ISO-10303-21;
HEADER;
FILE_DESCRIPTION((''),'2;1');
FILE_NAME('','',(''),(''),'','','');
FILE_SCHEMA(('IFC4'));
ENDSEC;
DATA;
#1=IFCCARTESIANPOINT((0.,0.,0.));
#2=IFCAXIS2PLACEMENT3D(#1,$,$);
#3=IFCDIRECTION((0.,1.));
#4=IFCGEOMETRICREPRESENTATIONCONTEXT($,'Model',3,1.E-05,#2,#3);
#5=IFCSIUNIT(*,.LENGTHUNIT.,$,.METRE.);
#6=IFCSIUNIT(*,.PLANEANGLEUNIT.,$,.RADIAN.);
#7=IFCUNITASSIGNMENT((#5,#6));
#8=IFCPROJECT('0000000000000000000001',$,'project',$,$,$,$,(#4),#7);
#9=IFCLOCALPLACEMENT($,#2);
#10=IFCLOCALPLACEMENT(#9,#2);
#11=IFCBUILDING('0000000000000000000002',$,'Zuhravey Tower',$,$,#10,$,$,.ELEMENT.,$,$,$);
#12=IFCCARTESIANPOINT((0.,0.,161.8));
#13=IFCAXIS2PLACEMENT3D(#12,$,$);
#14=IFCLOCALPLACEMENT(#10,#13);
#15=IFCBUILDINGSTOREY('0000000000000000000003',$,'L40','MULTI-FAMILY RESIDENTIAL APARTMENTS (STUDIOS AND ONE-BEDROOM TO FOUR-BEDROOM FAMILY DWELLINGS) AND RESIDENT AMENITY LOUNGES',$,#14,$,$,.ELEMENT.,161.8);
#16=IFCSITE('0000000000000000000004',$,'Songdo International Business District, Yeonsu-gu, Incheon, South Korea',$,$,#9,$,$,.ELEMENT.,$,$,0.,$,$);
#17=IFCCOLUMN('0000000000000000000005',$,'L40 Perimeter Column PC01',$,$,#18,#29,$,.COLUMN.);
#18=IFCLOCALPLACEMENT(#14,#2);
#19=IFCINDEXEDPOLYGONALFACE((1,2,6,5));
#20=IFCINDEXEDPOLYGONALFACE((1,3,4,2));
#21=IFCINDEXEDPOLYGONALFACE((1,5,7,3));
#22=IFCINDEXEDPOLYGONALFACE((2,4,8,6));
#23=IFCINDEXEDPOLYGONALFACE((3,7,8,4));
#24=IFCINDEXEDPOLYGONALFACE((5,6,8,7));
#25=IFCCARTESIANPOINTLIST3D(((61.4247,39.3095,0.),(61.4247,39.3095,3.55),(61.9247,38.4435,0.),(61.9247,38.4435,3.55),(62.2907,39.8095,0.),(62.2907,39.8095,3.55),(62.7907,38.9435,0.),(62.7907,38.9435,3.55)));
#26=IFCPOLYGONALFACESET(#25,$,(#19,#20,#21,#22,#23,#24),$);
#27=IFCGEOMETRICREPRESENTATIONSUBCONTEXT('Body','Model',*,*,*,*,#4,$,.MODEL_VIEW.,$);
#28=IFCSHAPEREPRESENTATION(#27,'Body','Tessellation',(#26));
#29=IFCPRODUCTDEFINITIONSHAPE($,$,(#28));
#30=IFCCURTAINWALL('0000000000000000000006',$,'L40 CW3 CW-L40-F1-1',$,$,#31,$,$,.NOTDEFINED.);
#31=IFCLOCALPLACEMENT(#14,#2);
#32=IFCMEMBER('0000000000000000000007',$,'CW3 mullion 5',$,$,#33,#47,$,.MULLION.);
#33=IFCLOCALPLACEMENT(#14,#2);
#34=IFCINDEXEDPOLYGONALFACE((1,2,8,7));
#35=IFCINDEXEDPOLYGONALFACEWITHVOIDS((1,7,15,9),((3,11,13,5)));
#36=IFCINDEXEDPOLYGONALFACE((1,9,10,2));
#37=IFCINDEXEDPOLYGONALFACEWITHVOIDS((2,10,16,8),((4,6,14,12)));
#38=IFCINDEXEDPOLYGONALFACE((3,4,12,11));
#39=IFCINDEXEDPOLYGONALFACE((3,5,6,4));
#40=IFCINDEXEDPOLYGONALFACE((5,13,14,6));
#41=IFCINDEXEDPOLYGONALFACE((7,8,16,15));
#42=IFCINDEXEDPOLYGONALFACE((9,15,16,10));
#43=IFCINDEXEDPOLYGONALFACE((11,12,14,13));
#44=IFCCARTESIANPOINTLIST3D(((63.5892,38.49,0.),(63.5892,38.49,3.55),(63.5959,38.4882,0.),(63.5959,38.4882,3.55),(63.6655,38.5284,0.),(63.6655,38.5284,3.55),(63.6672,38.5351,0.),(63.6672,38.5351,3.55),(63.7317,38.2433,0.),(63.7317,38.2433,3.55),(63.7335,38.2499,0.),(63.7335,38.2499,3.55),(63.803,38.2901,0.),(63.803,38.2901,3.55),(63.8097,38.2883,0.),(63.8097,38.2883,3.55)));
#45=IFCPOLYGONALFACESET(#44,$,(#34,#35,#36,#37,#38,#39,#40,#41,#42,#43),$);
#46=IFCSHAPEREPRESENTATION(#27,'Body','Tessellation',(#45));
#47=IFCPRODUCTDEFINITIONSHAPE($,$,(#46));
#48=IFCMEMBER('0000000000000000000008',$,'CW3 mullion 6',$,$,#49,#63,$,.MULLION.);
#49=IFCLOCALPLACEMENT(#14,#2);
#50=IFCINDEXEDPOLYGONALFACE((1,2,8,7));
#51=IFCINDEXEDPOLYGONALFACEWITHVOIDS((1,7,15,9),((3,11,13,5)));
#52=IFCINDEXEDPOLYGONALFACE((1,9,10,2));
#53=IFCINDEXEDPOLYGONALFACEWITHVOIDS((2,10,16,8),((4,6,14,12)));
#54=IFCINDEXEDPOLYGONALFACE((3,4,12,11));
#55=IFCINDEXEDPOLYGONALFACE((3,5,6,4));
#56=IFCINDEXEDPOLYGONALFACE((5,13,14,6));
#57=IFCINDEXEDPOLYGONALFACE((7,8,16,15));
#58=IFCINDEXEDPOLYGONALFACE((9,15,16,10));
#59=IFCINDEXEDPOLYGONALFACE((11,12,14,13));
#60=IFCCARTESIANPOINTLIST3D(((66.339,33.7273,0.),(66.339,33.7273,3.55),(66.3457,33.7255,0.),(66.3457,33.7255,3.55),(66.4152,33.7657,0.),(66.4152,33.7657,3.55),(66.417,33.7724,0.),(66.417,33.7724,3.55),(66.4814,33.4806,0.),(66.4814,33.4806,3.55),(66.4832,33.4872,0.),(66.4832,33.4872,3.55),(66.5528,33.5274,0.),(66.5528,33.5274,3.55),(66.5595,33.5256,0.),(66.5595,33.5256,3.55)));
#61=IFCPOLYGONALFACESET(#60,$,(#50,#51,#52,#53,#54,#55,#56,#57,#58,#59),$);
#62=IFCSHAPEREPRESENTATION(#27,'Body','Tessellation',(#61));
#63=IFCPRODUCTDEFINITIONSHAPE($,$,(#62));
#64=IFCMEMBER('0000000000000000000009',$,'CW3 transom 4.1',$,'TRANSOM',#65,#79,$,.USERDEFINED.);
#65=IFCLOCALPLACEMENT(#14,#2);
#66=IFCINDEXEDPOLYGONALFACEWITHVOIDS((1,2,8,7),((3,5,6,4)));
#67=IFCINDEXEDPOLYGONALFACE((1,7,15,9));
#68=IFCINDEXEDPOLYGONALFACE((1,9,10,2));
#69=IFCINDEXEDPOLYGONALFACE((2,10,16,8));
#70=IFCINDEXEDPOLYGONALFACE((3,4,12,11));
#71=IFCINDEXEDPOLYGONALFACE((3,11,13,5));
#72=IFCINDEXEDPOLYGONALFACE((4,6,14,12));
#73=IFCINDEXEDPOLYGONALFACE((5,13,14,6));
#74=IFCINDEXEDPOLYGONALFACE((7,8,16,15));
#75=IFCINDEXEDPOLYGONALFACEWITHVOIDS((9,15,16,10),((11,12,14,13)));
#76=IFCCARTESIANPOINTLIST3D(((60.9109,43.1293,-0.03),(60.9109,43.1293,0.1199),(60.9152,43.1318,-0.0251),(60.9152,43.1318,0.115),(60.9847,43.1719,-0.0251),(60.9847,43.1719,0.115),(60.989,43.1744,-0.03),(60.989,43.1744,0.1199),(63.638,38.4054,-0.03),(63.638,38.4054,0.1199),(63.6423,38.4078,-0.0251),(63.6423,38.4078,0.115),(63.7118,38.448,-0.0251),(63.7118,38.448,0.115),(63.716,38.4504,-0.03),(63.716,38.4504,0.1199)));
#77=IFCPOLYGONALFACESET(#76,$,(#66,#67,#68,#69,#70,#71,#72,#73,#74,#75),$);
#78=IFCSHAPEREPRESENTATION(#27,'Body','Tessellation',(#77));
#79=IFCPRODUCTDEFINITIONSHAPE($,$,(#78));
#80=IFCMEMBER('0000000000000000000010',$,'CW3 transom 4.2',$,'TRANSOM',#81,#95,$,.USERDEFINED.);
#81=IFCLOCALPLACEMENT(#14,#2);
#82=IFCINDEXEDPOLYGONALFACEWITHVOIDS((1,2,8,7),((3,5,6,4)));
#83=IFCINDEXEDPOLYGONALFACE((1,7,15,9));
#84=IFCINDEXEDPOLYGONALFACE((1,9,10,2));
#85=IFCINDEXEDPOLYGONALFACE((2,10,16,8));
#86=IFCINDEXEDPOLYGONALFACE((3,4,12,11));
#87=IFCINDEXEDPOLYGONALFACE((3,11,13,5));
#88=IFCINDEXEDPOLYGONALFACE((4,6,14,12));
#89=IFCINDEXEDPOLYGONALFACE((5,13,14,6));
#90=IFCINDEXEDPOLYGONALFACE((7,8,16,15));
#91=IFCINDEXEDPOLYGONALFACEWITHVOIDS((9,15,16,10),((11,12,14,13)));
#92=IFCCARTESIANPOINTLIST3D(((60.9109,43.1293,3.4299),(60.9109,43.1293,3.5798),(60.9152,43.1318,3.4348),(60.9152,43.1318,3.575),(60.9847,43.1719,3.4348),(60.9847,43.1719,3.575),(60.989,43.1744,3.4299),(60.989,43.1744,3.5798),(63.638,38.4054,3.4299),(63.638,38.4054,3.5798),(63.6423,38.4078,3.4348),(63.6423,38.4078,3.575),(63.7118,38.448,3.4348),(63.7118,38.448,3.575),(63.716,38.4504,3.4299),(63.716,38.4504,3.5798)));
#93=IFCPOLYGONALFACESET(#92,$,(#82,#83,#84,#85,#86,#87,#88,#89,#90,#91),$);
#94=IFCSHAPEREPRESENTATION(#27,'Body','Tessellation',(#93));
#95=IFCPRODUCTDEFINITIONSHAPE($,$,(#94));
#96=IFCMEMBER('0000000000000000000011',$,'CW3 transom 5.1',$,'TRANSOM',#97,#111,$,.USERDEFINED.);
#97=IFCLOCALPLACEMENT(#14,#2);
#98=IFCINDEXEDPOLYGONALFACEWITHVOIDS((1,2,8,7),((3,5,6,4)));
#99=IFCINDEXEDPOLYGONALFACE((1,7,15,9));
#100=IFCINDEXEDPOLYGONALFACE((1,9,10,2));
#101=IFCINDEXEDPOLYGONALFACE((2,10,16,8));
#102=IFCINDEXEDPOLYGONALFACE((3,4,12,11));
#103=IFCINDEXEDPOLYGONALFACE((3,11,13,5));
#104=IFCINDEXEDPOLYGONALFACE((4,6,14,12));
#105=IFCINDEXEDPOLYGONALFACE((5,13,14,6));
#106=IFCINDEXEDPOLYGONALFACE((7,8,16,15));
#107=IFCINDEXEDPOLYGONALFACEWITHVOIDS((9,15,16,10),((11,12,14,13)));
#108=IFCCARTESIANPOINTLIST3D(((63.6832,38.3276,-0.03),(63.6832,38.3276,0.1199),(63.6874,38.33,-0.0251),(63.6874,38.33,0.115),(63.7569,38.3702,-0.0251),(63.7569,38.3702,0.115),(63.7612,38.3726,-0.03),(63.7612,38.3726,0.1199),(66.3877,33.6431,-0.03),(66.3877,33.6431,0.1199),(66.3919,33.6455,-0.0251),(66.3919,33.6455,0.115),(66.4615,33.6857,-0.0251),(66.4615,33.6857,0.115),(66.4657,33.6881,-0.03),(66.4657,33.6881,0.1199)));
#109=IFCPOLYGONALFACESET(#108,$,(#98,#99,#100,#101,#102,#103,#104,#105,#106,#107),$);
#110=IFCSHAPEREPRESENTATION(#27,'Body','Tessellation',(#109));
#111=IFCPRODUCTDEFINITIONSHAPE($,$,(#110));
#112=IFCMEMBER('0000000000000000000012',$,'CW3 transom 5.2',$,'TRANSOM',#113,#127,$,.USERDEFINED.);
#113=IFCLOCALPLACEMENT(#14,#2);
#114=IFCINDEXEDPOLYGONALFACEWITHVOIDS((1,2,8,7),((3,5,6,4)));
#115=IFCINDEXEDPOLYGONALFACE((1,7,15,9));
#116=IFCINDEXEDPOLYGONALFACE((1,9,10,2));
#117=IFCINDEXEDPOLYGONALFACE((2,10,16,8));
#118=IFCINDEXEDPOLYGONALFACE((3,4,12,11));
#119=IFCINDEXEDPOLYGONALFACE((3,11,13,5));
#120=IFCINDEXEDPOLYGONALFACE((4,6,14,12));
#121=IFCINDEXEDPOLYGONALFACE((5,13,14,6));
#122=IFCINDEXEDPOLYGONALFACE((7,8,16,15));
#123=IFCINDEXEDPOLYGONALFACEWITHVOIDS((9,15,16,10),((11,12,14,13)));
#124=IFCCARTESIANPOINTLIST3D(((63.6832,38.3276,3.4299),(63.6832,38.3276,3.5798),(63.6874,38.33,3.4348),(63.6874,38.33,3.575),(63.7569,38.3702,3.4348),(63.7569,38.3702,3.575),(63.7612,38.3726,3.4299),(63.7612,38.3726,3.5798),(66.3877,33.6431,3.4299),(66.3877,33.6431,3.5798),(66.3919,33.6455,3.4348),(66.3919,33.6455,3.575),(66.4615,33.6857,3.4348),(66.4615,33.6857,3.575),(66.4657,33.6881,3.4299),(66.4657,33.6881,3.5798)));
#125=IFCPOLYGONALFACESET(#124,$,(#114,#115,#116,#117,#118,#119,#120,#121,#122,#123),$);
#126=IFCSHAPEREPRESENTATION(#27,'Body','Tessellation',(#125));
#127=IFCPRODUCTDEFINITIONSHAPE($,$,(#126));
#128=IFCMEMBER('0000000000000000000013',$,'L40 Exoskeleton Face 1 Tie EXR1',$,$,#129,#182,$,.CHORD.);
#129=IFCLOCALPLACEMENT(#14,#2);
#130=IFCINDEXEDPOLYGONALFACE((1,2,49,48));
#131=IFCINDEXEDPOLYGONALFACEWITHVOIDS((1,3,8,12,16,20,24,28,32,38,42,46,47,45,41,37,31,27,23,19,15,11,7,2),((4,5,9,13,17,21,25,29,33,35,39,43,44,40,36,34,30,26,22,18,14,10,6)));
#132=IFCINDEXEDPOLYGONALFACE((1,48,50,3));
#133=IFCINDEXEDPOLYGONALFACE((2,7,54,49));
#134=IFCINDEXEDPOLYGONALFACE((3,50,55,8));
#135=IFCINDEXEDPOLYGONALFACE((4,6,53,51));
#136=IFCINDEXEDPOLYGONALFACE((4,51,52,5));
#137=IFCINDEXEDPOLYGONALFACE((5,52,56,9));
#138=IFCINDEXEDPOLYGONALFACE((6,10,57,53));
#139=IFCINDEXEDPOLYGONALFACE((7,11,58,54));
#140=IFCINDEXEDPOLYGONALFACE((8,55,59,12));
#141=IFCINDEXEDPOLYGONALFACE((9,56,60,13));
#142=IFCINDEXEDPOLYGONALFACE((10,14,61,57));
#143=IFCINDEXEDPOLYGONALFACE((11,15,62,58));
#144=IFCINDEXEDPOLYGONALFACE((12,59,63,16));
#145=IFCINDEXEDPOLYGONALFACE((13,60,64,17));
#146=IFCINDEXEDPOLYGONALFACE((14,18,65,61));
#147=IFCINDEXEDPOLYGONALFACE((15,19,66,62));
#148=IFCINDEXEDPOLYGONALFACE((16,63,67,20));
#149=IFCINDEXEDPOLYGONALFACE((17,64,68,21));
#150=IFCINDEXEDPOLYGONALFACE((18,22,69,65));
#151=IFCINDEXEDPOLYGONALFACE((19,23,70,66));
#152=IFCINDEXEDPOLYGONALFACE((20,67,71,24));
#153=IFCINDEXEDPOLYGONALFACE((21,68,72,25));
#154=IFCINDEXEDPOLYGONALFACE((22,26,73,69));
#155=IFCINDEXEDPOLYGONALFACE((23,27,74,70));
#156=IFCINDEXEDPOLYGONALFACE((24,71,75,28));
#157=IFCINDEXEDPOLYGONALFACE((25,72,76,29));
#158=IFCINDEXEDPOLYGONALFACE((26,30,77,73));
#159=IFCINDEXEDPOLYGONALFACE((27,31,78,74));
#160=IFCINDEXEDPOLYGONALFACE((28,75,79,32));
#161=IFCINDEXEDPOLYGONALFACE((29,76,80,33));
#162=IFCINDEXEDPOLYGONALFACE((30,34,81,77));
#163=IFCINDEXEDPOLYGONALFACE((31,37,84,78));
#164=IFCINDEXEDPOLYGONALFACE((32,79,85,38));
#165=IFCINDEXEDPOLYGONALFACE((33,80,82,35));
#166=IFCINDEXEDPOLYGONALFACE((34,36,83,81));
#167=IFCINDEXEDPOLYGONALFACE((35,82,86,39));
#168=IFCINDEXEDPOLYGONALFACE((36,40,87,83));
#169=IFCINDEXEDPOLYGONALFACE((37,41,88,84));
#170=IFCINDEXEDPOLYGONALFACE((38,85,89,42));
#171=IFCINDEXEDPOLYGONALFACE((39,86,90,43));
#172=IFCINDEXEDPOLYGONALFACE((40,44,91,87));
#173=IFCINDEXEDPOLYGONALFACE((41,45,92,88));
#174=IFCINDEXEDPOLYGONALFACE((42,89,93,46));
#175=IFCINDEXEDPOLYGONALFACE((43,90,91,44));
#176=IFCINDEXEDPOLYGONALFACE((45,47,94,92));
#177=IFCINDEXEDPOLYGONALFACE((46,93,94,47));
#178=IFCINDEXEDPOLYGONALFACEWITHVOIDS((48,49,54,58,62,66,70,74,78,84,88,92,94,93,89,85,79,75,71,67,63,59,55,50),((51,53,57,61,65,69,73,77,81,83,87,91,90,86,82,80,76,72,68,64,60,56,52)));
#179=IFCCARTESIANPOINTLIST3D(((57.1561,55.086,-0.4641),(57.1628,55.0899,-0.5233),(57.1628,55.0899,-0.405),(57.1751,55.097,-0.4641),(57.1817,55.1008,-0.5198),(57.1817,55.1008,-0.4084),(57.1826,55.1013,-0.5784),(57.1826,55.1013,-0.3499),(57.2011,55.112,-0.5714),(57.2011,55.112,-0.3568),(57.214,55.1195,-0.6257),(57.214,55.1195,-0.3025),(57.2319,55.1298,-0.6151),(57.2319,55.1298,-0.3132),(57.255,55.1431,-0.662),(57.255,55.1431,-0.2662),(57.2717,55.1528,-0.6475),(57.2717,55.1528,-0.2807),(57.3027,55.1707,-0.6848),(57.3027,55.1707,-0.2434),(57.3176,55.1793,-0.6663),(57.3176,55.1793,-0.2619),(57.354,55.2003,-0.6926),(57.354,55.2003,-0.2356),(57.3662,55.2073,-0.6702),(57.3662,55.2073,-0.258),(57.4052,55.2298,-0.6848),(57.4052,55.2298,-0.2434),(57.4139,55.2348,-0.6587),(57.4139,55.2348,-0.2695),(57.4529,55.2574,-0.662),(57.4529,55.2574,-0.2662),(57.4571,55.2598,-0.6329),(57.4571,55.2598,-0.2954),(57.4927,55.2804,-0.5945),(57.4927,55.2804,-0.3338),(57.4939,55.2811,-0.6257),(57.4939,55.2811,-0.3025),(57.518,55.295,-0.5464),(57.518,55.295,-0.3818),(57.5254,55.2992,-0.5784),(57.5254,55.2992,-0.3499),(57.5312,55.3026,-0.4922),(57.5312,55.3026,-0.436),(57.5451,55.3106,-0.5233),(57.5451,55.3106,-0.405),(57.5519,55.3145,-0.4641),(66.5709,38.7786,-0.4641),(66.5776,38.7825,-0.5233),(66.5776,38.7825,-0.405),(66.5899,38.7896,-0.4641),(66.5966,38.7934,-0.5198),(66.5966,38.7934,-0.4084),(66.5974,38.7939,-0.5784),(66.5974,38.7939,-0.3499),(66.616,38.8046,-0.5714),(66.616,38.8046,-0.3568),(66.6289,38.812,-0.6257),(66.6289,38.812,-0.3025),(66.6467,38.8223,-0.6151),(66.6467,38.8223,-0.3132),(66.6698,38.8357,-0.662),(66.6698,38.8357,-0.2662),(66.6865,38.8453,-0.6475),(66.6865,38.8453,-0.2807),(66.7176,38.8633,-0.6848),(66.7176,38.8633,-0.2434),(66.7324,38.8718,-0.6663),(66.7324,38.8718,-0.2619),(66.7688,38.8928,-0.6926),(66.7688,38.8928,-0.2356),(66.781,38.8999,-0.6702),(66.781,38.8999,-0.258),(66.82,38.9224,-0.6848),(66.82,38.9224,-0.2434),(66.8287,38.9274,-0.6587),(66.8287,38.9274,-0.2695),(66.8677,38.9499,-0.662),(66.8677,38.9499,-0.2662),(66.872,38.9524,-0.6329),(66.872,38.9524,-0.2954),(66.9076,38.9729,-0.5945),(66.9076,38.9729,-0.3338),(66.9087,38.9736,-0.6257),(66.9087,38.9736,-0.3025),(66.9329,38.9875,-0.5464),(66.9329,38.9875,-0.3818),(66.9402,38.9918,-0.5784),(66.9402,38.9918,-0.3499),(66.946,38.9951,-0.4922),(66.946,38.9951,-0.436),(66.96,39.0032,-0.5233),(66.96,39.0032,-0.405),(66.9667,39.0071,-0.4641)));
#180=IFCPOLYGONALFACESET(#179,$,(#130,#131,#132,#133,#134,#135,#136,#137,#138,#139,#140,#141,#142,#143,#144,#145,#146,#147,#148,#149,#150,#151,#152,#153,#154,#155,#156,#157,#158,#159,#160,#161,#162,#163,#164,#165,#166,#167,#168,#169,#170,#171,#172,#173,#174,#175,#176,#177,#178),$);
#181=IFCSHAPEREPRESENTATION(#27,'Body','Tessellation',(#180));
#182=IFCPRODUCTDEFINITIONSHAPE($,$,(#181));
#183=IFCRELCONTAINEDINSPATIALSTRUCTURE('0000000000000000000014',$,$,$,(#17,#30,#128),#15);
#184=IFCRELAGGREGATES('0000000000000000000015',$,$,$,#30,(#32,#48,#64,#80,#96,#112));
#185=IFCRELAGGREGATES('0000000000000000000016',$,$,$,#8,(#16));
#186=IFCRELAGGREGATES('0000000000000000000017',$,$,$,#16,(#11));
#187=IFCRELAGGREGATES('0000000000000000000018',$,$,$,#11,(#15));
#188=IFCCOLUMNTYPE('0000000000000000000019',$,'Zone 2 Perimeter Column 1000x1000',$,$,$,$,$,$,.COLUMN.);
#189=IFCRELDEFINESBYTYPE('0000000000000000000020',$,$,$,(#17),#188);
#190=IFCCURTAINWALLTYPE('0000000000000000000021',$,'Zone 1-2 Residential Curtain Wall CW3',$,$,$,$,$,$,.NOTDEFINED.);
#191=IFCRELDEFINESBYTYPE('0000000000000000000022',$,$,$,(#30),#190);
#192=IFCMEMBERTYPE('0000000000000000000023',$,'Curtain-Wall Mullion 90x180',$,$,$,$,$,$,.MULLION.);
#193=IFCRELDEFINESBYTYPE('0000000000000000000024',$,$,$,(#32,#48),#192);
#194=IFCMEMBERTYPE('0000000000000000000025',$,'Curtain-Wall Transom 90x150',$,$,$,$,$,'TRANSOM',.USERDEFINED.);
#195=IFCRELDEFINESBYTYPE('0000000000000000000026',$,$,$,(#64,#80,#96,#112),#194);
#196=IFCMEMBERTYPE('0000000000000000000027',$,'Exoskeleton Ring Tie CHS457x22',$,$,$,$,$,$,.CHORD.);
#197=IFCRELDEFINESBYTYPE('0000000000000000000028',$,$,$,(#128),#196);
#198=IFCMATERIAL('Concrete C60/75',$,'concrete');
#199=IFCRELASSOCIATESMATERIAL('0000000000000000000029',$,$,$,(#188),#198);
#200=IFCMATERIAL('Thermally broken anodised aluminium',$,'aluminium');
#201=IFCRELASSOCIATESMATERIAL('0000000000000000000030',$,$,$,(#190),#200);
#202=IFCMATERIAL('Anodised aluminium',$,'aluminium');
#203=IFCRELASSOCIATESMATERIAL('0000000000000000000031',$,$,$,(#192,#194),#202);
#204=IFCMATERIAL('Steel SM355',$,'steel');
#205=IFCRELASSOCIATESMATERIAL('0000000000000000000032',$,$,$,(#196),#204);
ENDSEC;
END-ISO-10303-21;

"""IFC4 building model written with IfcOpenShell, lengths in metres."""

from ifc_helpers import new_model, si_unit, direction, frame, origin, origin_2d, place, context, subcontext, project, spatial, rectangle, hollow_rectangle, hollow_circle, extrude, material, material_profile, profile_set, type_object, element, aggregate, save


model = new_model("IFC4")

# Units and contexts
model_context = context("Model", 3, precision=1e-05, world=origin(), true_north=direction((0.0, 1.0)))
body_context = subcontext(model_context, "Body", "Model", "MODEL_VIEW")
ifc_project = project(units=[si_unit("LENGTHUNIT", "METRE"), si_unit("PLANEANGLEUNIT", "RADIAN")], contexts=[model_context])

# Site, building, storey
site_placement = place(None, origin())
site = spatial("IfcSite", under=ifc_project, at=site_placement, Name="Songdo International Business District, Yeonsu-gu, Incheon, South Korea", CompositionType="ELEMENT", RefElevation=0.0)
building_placement = place(site_placement, origin())
building = spatial("IfcBuilding", under=site, at=building_placement, Name="Zuhravey Tower", CompositionType="ELEMENT")
storey_placement = place(building_placement, frame((0.0, 0.0, 161.8)))
storey = spatial("IfcBuildingStorey", under=building, at=storey_placement, Name="L40", Description="MULTI-FAMILY RESIDENTIAL APARTMENTS (STUDIOS AND ONE-BEDROOM TO FOUR-BEDROOM FAMILY DWELLINGS) AND RESIDENT AMENITY LOUNGES", CompositionType="ELEMENT", Elevation=161.8)

# Column
ifc_material_1 = material(Name="Concrete C60/75", Category="concrete")
ifc_material_profile_1 = material_profile(ifc_material_1, rectangle(XDim=1.0, YDim=1.0, at=origin_2d()), Name="RC-1000x1000")
ifc_profile_set_1 = profile_set([ifc_material_profile_1], Name="Concrete C60/75")
column_type = type_object("IfcColumnType", Name="Zone 2 Perimeter Column 1000x1000", PredefinedType="COLUMN", material=ifc_profile_set_1)
column_placement = place(storey_placement, frame((62.1077, 39.1265, 0.0), z_axis=(0.0, 0.0, 1.0), x_axis=(-0.5, 0.866025, 0.0)))
element("IfcColumn", 1, at=column_placement, inside=storey, type_object=column_type, Name="L40 Perimeter Column PC01", PredefinedType="COLUMN", context=body_context, shape_type="SweptSolid", body=[
    extrude(rectangle(XDim=1.0, YDim=1.0, at=origin_2d()), origin(), (0.0, 0.0, 1.0), 3.55),
])

# Curtain wall, members
ifc_material_2 = material(Name="Thermally broken anodised aluminium", Category="aluminium")
curtain_wall_type = type_object("IfcCurtainWallType", Name="Zone 1-2 Residential Curtain Wall CW3", PredefinedType="NOTDEFINED", material=ifc_material_2)
curtain_wall_placement = place(storey_placement, origin())
curtain_wall = element("IfcCurtainWall", 2, at=curtain_wall_placement, inside=storey, type_object=curtain_wall_type, Name="L40 CW3 CW-L40-F1-1", PredefinedType="NOTDEFINED")
ifc_material_3 = material(Name="Anodised aluminium", Category="aluminium")
ifc_material_profile_2 = material_profile(ifc_material_3, hollow_rectangle(XDim=0.0901, YDim=0.2849, WallThickness=0.0049, at=origin_2d()), Name="ALU-RHS-90x285x5")
ifc_profile_set_2 = profile_set([ifc_material_profile_2], Name="Anodised aluminium")
member_type_1 = type_object("IfcMemberType", Name="Curtain-Wall Mullion 90x180", PredefinedType="MULLION", material=ifc_profile_set_2)
member_1_placement = place(storey_placement, frame((63.6995, 38.3892, 0.0), z_axis=(0.0, 0.0, 1.0), x_axis=(0.866025, 0.5, 0.0)))
member_1 = element("IfcMember", 3, at=member_1_placement, type_object=member_type_1, Name="CW3 mullion 5", PredefinedType="MULLION", context=body_context, shape_type="SweptSolid", body=[
    extrude(hollow_rectangle(XDim=0.0901, YDim=0.2849, WallThickness=0.0049, at=origin_2d()), origin(), (0.0, 0.0, 1.0), 3.55),
])
member_2_placement = place(storey_placement, frame((66.4492, 33.6265, 0.0), z_axis=(0.0, 0.0, 1.0), x_axis=(0.866025, 0.5, 0.0)))
member_2 = element("IfcMember", 4, at=member_2_placement, type_object=member_type_1, Name="CW3 mullion 6", PredefinedType="MULLION", context=body_context, shape_type="SweptSolid", body=[
    extrude(hollow_rectangle(XDim=0.0901, YDim=0.2849, WallThickness=0.0049, at=origin_2d()), origin(), (0.0, 0.0, 1.0), 3.55),
])
ifc_material_profile_3 = material_profile(ifc_material_3, hollow_rectangle(XDim=0.0901, YDim=0.1499, WallThickness=0.0049, at=origin_2d()), Name="ALU-RHS-90x150x5")
ifc_profile_set_3 = profile_set([ifc_material_profile_3], Name="Anodised aluminium")
member_type_2 = type_object("IfcMemberType", Name="Curtain-Wall Transom 90x150", ElementType="TRANSOM", PredefinedType="USERDEFINED", material=ifc_profile_set_3)
member_3_placement = place(storey_placement, frame((60.95, 43.1519, 0.0449), z_axis=(0.499961, -0.866048, 0.0), x_axis=(0.866048, 0.499961, 0.0)))
member_3 = element("IfcMember", 5, at=member_3_placement, type_object=member_type_2, Name="CW3 transom 4.1", ObjectType="TRANSOM", PredefinedType="USERDEFINED", context=body_context, shape_type="SweptSolid", body=[
    extrude(hollow_rectangle(XDim=0.0901, YDim=0.1499, WallThickness=0.0049, at=origin_2d()), origin(), (0.0, 0.0, 1.0), 5.4546),
])
member_4_placement = place(storey_placement, frame((60.95, 43.1519, 3.5049), z_axis=(0.499961, -0.866048, 0.0), x_axis=(0.866048, 0.499961, 0.0)))
member_4 = element("IfcMember", 6, at=member_4_placement, type_object=member_type_2, Name="CW3 transom 4.2", ObjectType="TRANSOM", PredefinedType="USERDEFINED", context=body_context, shape_type="SweptSolid", body=[
    extrude(hollow_rectangle(XDim=0.0901, YDim=0.1499, WallThickness=0.0049, at=origin_2d()), origin(), (0.0, 0.0, 1.0), 5.4546),
])
member_5_placement = place(storey_placement, frame((63.7222, 38.3501, 0.0449), z_axis=(0.499993, -0.866029, 0.0), x_axis=(0.866029, 0.499993, 0.0)))
member_5 = element("IfcMember", 7, at=member_5_placement, type_object=member_type_2, Name="CW3 transom 5.1", ObjectType="TRANSOM", PredefinedType="USERDEFINED", context=body_context, shape_type="SweptSolid", body=[
    extrude(hollow_rectangle(XDim=0.0901, YDim=0.1499, WallThickness=0.0049, at=origin_2d()), origin(), (0.0, 0.0, 1.0), 5.4092),
])
member_6_placement = place(storey_placement, frame((63.7222, 38.3501, 3.5049), z_axis=(0.499993, -0.866029, 0.0), x_axis=(0.866029, 0.499993, 0.0)))
member_6 = element("IfcMember", 8, at=member_6_placement, type_object=member_type_2, Name="CW3 transom 5.2", ObjectType="TRANSOM", PredefinedType="USERDEFINED", context=body_context, shape_type="SweptSolid", body=[
    extrude(hollow_rectangle(XDim=0.0901, YDim=0.1499, WallThickness=0.0049, at=origin_2d()), origin(), (0.0, 0.0, 1.0), 5.4092),
])

# Member
ifc_material_4 = material(Name="Steel SM355", Category="steel")
ifc_material_profile_4 = material_profile(ifc_material_4, hollow_circle(Radius=0.2285, WallThickness=0.022, at=origin_2d()), Name="CHS-457.2x22")
ifc_profile_set_4 = profile_set([ifc_material_profile_4], Name="Steel SM355")
member_type_3 = type_object("IfcMemberType", Name="Exoskeleton Ring Tie CHS457x22", PredefinedType="CHORD", material=ifc_profile_set_4)
member_7_placement = place(storey_placement, frame((66.7688, 38.8928, -0.4641), z_axis=(-0.499989, 0.866032, 0.0), x_axis=(-0.866032, -0.499989, 0.0)))
element("IfcMember", 9, at=member_7_placement, inside=storey, type_object=member_type_3, Name="L40 Exoskeleton Face 1 Tie EXR1", PredefinedType="CHORD", context=body_context, shape_type="SweptSolid", body=[
    extrude(hollow_circle(Radius=0.2285, WallThickness=0.022, at=origin_2d()), origin(), (0.0, 0.0, 1.0), 18.8301),
])

aggregate(curtain_wall, [member_1, member_2, member_3, member_4, member_5, member_6])

save(model, "model.ifc")
